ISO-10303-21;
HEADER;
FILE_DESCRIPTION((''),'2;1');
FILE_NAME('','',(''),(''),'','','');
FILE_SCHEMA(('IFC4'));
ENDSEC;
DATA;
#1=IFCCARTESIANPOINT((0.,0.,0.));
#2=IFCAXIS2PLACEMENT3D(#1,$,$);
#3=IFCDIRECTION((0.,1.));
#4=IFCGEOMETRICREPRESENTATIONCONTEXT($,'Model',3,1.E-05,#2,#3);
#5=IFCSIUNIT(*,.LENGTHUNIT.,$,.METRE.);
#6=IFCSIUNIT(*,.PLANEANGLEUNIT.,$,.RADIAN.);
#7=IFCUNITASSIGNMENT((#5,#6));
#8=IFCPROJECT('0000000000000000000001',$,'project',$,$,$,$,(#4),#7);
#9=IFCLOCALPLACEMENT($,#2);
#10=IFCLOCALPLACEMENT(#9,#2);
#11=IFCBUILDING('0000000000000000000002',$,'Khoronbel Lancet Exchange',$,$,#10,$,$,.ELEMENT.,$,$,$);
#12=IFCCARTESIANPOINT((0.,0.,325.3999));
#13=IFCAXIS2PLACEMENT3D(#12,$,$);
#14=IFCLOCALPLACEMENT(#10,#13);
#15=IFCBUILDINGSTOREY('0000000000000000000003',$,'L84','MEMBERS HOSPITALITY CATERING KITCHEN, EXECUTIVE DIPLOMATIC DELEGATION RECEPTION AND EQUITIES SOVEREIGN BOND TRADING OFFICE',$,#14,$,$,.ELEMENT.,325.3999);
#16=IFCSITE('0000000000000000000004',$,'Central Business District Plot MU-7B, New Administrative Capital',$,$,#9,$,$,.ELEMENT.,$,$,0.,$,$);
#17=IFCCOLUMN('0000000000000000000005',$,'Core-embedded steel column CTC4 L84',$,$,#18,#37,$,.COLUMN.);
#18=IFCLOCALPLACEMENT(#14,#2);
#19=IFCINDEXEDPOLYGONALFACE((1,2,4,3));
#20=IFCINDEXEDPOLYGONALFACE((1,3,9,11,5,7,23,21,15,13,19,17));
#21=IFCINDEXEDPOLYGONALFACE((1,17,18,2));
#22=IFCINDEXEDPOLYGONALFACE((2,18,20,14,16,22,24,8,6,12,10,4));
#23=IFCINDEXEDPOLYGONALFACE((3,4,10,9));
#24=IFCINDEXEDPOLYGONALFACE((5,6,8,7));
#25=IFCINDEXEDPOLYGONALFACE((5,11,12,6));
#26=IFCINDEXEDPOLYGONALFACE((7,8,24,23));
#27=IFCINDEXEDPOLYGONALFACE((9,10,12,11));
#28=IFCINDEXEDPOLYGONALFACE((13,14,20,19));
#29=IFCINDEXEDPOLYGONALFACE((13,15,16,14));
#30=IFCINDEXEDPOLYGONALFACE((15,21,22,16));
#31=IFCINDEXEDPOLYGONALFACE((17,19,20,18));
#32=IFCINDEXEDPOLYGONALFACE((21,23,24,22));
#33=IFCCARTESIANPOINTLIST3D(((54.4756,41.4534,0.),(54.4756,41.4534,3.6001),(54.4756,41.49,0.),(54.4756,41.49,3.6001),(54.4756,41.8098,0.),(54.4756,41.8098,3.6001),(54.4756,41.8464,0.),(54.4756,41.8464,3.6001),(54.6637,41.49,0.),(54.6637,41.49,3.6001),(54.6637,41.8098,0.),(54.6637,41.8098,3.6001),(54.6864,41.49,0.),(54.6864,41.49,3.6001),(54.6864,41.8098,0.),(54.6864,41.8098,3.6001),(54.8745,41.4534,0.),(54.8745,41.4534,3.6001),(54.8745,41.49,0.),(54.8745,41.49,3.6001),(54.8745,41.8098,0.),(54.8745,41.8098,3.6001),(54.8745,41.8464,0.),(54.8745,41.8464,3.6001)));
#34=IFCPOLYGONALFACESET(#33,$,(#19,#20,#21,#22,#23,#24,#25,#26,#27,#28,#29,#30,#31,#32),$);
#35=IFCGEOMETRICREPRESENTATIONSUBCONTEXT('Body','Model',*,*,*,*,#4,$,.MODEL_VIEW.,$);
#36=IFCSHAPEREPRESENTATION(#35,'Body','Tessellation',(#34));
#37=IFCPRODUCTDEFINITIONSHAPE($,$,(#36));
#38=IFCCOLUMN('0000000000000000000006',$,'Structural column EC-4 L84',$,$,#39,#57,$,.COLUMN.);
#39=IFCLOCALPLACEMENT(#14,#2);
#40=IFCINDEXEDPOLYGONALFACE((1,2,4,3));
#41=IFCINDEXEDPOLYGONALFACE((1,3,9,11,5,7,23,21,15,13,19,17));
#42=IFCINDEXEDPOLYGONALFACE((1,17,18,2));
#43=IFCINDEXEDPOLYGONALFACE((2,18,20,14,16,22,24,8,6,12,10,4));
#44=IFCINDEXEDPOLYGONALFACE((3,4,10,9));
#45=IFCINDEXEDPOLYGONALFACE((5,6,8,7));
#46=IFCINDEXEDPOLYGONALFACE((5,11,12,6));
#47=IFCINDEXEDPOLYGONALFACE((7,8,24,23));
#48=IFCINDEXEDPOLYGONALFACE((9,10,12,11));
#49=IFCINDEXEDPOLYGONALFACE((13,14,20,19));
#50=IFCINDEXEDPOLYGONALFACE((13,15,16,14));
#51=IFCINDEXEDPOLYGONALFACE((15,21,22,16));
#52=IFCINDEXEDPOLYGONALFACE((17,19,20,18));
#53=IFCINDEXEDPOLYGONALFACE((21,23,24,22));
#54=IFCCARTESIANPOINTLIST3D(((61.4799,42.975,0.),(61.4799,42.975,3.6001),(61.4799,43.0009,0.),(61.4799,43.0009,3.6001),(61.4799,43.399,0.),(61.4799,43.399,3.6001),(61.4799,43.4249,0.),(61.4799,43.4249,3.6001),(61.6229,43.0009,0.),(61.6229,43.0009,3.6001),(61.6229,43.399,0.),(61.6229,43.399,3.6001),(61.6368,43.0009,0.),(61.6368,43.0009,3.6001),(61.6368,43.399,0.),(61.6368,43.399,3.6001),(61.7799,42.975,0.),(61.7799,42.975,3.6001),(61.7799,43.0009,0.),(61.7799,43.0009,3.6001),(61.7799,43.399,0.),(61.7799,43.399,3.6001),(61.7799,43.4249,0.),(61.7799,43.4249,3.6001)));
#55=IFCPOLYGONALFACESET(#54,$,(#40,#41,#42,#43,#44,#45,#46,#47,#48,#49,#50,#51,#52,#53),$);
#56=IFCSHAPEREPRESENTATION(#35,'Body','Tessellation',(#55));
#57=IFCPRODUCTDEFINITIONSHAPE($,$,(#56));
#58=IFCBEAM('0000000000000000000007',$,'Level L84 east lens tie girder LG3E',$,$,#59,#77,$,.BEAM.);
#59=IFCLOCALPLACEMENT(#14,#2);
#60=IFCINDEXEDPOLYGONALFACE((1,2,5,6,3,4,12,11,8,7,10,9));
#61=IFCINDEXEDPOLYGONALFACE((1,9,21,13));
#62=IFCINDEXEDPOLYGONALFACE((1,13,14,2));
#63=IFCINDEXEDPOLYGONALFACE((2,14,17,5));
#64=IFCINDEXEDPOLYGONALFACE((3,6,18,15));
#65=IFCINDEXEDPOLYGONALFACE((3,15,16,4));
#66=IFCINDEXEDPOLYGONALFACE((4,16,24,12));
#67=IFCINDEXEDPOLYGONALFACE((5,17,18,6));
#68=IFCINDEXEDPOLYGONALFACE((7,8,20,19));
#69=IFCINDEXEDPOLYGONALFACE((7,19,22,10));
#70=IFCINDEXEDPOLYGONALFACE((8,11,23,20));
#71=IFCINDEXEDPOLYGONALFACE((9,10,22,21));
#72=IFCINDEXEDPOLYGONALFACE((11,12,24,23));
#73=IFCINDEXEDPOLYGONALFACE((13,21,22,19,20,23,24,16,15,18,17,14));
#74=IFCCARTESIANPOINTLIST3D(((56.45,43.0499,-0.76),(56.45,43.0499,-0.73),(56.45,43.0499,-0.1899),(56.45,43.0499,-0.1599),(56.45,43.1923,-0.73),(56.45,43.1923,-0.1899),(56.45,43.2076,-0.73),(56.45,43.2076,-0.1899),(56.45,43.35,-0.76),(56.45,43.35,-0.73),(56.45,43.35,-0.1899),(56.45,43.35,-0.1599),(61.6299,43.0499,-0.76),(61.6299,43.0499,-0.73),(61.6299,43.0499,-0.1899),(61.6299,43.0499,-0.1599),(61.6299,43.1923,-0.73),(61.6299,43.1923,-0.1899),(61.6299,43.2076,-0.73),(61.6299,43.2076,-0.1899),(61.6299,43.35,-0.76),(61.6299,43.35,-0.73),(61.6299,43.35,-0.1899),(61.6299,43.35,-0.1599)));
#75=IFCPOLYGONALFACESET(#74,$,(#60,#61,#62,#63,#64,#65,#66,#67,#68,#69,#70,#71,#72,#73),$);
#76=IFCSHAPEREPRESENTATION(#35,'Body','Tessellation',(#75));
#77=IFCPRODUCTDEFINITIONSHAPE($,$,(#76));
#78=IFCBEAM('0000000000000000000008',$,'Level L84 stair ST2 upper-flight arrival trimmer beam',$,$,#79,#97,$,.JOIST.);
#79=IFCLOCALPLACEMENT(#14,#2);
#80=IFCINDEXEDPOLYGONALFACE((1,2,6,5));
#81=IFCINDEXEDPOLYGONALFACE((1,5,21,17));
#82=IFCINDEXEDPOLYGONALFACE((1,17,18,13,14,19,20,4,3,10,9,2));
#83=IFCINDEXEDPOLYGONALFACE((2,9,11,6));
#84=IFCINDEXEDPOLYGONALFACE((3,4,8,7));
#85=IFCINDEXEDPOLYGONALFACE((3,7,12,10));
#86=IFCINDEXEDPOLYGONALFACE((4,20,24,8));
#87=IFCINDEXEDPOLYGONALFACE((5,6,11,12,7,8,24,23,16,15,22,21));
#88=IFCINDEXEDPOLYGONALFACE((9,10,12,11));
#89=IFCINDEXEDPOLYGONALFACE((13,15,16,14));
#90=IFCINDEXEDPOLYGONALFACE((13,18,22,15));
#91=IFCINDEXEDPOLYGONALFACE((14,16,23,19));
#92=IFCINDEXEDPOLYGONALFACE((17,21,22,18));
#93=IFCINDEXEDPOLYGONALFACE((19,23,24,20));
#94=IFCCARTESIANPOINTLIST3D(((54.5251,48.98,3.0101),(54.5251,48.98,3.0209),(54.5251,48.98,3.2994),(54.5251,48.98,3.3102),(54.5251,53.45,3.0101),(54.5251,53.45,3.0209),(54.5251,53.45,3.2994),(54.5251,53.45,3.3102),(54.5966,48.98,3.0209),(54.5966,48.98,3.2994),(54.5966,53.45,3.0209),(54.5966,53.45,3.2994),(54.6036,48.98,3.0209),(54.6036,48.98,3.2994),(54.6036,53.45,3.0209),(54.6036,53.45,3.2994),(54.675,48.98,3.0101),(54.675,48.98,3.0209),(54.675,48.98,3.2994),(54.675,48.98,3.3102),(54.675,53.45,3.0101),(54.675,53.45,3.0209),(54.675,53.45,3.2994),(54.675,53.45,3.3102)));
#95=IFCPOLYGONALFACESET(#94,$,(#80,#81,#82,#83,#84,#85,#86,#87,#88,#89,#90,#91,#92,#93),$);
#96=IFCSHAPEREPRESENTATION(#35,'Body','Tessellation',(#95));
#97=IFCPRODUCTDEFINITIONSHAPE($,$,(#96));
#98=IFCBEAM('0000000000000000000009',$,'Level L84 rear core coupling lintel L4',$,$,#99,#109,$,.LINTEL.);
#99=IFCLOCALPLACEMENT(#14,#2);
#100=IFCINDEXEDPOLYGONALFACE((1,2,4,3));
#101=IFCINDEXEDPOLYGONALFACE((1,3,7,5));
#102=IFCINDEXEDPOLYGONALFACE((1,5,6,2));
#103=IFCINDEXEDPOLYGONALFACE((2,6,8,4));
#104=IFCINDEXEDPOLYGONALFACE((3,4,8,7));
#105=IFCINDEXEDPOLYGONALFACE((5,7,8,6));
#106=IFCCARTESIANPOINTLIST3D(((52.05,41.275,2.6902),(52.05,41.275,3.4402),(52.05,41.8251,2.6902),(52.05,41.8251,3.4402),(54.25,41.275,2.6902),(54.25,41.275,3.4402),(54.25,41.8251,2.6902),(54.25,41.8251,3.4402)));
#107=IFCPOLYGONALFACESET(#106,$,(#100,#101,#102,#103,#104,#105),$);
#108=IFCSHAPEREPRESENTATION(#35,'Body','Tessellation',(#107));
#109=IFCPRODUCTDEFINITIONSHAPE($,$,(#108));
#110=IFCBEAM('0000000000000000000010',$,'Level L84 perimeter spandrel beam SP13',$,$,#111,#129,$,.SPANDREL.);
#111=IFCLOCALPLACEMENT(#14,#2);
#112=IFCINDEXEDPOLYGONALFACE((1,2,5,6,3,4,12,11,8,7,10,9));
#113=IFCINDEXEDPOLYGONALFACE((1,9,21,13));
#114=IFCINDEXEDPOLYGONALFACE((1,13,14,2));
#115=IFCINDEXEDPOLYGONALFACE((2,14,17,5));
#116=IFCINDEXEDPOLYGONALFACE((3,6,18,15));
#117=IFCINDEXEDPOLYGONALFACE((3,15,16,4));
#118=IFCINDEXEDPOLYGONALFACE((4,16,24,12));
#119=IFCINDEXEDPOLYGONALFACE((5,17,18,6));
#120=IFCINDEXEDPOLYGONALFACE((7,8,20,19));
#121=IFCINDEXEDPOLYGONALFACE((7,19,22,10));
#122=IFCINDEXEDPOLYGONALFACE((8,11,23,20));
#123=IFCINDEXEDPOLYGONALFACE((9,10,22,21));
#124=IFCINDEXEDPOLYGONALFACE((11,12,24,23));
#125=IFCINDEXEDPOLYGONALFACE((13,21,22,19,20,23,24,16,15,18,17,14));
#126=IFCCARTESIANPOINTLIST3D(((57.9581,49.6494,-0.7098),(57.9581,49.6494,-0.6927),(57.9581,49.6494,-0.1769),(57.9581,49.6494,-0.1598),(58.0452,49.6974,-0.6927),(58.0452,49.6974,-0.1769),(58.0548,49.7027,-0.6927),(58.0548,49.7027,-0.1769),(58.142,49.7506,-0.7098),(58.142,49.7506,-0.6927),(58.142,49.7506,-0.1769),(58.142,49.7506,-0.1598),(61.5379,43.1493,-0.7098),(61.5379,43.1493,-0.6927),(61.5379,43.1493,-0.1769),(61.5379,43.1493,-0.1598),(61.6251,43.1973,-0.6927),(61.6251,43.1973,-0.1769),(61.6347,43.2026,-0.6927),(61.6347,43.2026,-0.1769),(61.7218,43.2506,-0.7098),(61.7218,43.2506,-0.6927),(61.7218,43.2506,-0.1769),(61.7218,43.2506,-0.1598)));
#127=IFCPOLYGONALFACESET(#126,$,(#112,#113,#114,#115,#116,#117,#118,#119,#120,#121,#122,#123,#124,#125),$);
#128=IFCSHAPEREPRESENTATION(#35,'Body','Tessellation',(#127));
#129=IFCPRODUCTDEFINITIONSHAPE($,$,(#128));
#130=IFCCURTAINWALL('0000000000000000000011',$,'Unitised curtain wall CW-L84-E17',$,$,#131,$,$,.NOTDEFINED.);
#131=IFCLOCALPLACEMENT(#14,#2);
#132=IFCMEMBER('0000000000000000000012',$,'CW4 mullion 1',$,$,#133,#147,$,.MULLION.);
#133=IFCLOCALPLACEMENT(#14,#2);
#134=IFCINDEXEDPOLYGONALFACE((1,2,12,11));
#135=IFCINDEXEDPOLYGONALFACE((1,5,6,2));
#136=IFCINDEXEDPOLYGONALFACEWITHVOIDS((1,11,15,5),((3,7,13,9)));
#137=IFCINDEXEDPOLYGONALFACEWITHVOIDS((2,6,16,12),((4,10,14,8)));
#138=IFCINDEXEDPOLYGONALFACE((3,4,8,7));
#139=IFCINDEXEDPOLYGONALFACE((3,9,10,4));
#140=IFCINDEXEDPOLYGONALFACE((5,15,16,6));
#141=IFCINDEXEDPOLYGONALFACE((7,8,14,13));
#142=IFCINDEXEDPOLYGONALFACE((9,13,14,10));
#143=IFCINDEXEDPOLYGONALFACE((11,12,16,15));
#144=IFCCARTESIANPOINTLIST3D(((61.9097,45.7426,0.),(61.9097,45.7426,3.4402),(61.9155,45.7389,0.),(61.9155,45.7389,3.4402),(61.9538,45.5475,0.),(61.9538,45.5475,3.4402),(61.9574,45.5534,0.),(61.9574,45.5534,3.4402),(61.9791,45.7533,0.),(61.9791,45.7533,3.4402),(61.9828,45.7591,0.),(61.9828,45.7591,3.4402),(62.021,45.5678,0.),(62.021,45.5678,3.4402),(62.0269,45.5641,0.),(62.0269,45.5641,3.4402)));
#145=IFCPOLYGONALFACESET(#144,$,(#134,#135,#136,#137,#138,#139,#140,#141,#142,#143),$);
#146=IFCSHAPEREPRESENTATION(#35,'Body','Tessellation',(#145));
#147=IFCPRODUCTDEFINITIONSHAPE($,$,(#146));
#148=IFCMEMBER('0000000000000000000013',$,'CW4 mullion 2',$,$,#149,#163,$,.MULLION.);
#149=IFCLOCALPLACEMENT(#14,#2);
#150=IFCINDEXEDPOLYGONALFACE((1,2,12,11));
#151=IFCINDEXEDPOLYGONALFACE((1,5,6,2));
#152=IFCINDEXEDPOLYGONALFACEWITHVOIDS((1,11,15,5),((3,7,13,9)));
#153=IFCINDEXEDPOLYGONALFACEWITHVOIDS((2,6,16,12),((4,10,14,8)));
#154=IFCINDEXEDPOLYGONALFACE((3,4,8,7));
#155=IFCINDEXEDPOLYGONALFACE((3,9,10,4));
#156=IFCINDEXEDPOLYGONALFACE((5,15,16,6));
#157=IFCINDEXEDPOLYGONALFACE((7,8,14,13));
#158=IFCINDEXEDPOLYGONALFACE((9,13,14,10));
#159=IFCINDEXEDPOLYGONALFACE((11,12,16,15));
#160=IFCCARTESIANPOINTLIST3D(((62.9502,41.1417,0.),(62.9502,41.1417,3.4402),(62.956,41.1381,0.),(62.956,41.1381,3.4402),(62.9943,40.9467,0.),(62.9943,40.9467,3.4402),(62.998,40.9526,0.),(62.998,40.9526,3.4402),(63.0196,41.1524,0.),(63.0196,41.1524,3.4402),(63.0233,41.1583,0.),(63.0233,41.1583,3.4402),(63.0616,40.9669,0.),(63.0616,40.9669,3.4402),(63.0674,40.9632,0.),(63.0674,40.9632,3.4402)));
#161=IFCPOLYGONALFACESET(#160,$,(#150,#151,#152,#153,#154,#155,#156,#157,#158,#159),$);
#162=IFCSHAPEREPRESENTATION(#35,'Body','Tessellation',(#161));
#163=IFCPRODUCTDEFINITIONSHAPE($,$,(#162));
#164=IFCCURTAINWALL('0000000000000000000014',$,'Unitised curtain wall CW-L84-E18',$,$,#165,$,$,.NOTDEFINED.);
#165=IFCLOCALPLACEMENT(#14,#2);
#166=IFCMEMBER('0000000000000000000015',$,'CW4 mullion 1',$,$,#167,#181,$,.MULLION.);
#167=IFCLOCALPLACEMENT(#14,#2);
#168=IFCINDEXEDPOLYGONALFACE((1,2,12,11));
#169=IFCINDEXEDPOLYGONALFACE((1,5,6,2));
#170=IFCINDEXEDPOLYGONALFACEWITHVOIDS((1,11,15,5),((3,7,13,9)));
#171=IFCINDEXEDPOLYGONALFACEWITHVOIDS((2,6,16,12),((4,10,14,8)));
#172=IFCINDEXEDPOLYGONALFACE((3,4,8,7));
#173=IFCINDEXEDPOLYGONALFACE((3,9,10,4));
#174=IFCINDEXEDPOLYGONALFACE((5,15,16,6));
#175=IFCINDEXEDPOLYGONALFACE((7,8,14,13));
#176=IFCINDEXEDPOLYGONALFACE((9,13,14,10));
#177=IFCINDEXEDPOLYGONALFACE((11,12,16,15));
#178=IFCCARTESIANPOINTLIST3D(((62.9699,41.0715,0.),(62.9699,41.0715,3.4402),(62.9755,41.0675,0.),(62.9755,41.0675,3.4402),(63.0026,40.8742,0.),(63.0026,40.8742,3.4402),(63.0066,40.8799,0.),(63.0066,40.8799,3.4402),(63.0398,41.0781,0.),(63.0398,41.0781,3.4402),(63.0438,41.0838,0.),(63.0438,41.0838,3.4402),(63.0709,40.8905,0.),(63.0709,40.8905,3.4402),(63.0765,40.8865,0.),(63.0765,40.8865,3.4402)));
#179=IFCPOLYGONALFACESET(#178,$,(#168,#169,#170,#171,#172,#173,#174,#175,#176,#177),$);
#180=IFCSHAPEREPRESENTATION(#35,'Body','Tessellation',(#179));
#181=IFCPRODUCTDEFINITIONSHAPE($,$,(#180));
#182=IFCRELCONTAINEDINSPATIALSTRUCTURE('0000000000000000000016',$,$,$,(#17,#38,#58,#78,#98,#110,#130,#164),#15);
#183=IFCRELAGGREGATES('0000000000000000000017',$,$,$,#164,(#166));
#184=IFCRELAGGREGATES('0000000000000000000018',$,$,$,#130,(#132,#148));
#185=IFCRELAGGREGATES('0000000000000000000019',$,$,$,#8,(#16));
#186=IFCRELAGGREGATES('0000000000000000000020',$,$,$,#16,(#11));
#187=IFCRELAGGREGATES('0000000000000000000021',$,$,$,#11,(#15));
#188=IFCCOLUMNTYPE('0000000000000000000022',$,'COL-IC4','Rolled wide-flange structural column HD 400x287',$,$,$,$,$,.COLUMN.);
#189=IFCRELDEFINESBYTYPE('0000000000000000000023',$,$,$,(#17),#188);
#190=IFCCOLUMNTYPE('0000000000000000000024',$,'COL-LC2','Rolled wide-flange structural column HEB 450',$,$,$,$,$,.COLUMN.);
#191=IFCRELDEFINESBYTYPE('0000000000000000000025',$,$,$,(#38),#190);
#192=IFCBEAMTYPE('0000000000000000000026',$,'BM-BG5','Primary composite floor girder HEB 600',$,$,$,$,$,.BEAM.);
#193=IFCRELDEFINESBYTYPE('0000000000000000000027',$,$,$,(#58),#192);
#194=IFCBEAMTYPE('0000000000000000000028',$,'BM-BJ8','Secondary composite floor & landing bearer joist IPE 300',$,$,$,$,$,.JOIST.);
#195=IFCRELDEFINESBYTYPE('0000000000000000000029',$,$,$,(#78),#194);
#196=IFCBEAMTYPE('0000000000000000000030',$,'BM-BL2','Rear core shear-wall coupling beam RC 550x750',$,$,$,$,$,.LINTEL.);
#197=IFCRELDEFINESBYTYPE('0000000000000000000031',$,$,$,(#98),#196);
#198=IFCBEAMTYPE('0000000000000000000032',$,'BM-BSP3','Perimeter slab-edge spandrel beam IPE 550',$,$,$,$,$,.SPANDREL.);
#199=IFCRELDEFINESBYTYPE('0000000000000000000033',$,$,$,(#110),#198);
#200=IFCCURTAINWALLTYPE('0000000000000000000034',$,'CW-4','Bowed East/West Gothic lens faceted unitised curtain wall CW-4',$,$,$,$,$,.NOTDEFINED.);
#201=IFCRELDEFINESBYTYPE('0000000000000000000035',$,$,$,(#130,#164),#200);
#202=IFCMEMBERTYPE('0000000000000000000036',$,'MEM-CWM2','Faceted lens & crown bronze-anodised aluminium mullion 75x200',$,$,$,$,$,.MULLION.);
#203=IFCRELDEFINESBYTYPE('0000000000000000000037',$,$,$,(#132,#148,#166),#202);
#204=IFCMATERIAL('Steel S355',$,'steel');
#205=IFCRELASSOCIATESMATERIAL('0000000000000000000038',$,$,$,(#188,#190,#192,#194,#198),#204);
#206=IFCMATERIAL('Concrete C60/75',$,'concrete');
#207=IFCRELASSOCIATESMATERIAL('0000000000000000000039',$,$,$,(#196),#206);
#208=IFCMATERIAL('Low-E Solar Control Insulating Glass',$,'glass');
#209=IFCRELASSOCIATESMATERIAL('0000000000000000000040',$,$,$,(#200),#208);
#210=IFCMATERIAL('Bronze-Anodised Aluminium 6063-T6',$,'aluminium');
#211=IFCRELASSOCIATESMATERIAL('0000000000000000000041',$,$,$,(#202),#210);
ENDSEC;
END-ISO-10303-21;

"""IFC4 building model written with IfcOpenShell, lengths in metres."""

from ifc_helpers import new_model, si_unit, direction, frame, origin, origin_2d, place, context, subcontext, project, spatial, rectangle, hollow_rectangle, i_section, extrude, material, material_profile, profile_set, type_object, element, aggregate, save


model = new_model("IFC4")

# Units and contexts
model_context = context("Model", 3, precision=1e-05, world=origin(), true_north=direction((0.0, 1.0)))
body_context = subcontext(model_context, "Body", "Model", "MODEL_VIEW")
ifc_project = project(units=[si_unit("LENGTHUNIT", "METRE"), si_unit("PLANEANGLEUNIT", "RADIAN")], contexts=[model_context])

# Site, building, storey
site_placement = place(None, origin())
site = spatial("IfcSite", under=ifc_project, at=site_placement, Name="Central Business District Plot MU-7B, New Administrative Capital", CompositionType="ELEMENT", RefElevation=0.0)
building_placement = place(site_placement, origin())
building = spatial("IfcBuilding", under=site, at=building_placement, Name="Khoronbel Lancet Exchange", CompositionType="ELEMENT")
storey_placement = place(building_placement, frame((0.0, 0.0, 325.3999)))
storey = spatial("IfcBuildingStorey", under=building, at=storey_placement, Name="L84", Description="MEMBERS HOSPITALITY CATERING KITCHEN, EXECUTIVE DIPLOMATIC DELEGATION RECEPTION AND EQUITIES SOVEREIGN BOND TRADING OFFICE", CompositionType="ELEMENT", Elevation=325.3999)

# Columns
ifc_material_1 = material(Name="Steel S355", Category="steel")
ifc_material_profile_1 = material_profile(ifc_material_1, i_section(OverallWidth=0.3989, OverallDepth=0.3931, WebThickness=0.0227, FlangeThickness=0.0366, at=origin_2d()), Name="HD 400x287")
ifc_profile_set_1 = profile_set([ifc_material_profile_1], Name="Steel S355")
column_type_1 = type_object("IfcColumnType", Name="COL-IC4", Description="Rolled wide-flange structural column HD 400x287", PredefinedType="COLUMN", material=ifc_profile_set_1)
column_1_placement = place(storey_placement, frame((54.675, 41.6499, 0.0), z_axis=(0.0, 0.0, 1.0), x_axis=(1.0, 0.0, 0.0)))
element("IfcColumn", 1, at=column_1_placement, inside=storey, type_object=column_type_1, Name="Core-embedded steel column CTC4 L84", PredefinedType="COLUMN", context=body_context, shape_type="SweptSolid", body=[
    extrude(i_section(OverallWidth=0.3989, OverallDepth=0.3931, WebThickness=0.0227, FlangeThickness=0.0366, at=origin_2d()), origin(), (0.0, 0.0, 1.0), 3.6001),
])
ifc_material_profile_2 = material_profile(ifc_material_1, i_section(OverallWidth=0.3, OverallDepth=0.45, WebThickness=0.0139, FlangeThickness=0.0259, at=origin_2d()), Name="HEB 450")
ifc_profile_set_2 = profile_set([ifc_material_profile_2], Name="Steel S355")
column_type_2 = type_object("IfcColumnType", Name="COL-LC2", Description="Rolled wide-flange structural column HEB 450", PredefinedType="COLUMN", material=ifc_profile_set_2)
column_2_placement = place(storey_placement, frame((61.6299, 43.2, 0.0), z_axis=(0.0, 0.0, 1.0), x_axis=(1.0, 0.0, 0.0)))
element("IfcColumn", 2, at=column_2_placement, inside=storey, type_object=column_type_2, Name="Structural column EC-4 L84", PredefinedType="COLUMN", context=body_context, shape_type="SweptSolid", body=[
    extrude(i_section(OverallWidth=0.3, OverallDepth=0.45, WebThickness=0.0139, FlangeThickness=0.0259, at=origin_2d()), origin(), (0.0, 0.0, 1.0), 3.6001),
])

# Beams
ifc_material_profile_3 = material_profile(ifc_material_1, i_section(OverallWidth=0.3, OverallDepth=0.6001, WebThickness=0.0154, FlangeThickness=0.03, at=origin_2d()), Name="HEB 600")
ifc_profile_set_3 = profile_set([ifc_material_profile_3], Name="Steel S355")
beam_type_1 = type_object("IfcBeamType", Name="BM-BG5", Description="Primary composite floor girder HEB 600", PredefinedType="BEAM", material=ifc_profile_set_3)
beam_1_placement = place(storey_placement, frame((56.45, 43.2, -0.46), z_axis=(1.0, 0.0, 0.0), x_axis=(0.0, 1.0, 0.0)))
element("IfcBeam", 3, at=beam_1_placement, inside=storey, type_object=beam_type_1, Name="Level L84 east lens tie girder LG3E", PredefinedType="BEAM", context=body_context, shape_type="SweptSolid", body=[
    extrude(i_section(OverallWidth=0.3, OverallDepth=0.6001, WebThickness=0.0154, FlangeThickness=0.03, at=origin_2d()), origin(), (0.0, 0.0, 1.0), 5.1799),
])
ifc_material_profile_4 = material_profile(ifc_material_1, i_section(OverallWidth=0.1499, OverallDepth=0.3, WebThickness=0.0071, FlangeThickness=0.0107, at=origin_2d()), Name="IPE 300")
ifc_profile_set_4 = profile_set([ifc_material_profile_4], Name="Steel S355")
beam_type_2 = type_object("IfcBeamType", Name="BM-BJ8", Description="Secondary composite floor & landing bearer joist IPE 300", PredefinedType="JOIST", material=ifc_profile_set_4)
beam_2_placement = place(storey_placement, frame((54.6001, 48.98, 3.1602), z_axis=(0.0, 1.0, 0.0), x_axis=(-1.0, 0.0, 0.0)))
element("IfcBeam", 4, at=beam_2_placement, inside=storey, type_object=beam_type_2, Name="Level L84 stair ST2 upper-flight arrival trimmer beam", PredefinedType="JOIST", context=body_context, shape_type="SweptSolid", body=[
    extrude(i_section(OverallWidth=0.1499, OverallDepth=0.3, WebThickness=0.0071, FlangeThickness=0.0107, at=origin_2d()), origin(), (0.0, 0.0, 1.0), 4.47),
])
ifc_material_2 = material(Name="Concrete C60/75", Category="concrete")
ifc_material_profile_5 = material_profile(ifc_material_2, rectangle(XDim=0.55, YDim=0.75, at=origin_2d()), Name="RC 550x750")
ifc_profile_set_5 = profile_set([ifc_material_profile_5], Name="Concrete C60/75")
beam_type_3 = type_object("IfcBeamType", Name="BM-BL2", Description="Rear core shear-wall coupling beam RC 550x750", PredefinedType="LINTEL", material=ifc_profile_set_5)
beam_3_placement = place(storey_placement, frame((52.05, 41.55, 3.0652), z_axis=(1.0, 0.0, 0.0), x_axis=(0.0, 1.0, 0.0)))
element("IfcBeam", 5, at=beam_3_placement, inside=storey, type_object=beam_type_3, Name="Level L84 rear core coupling lintel L4", PredefinedType="LINTEL", context=body_context, shape_type="SweptSolid", body=[
    extrude(rectangle(XDim=0.55, YDim=0.75, at=origin_2d()), origin(), (0.0, 0.0, 1.0), 2.2),
])
ifc_material_profile_6 = material_profile(ifc_material_1, i_section(OverallWidth=0.21, OverallDepth=0.55, WebThickness=0.011, FlangeThickness=0.0171, at=origin_2d()), Name="IPE 550")
ifc_profile_set_6 = profile_set([ifc_material_profile_6], Name="Steel S355")
beam_type_4 = type_object("IfcBeamType", Name="BM-BSP3", Description="Perimeter slab-edge spandrel beam IPE 550", PredefinedType="SPANDREL", material=ifc_profile_set_6)
beam_4_placement = place(storey_placement, frame((61.6299, 43.2, -0.4348), z_axis=(-0.482419, 0.875941, 0.0), x_axis=(-0.875941, -0.482419, 0.0)))
element("IfcBeam", 6, at=beam_4_placement, inside=storey, type_object=beam_type_4, Name="Level L84 perimeter spandrel beam SP13", PredefinedType="SPANDREL", context=body_context, shape_type="SweptSolid", body=[
    extrude(i_section(OverallWidth=0.21, OverallDepth=0.55, WebThickness=0.011, FlangeThickness=0.0171, at=origin_2d()), origin(), (0.0, 0.0, 1.0), 7.4207),
])

# Curtain walls, members
ifc_material_3 = material(Name="Low-E Solar Control Insulating Glass", Category="glass")
curtain_wall_type = type_object("IfcCurtainWallType", Name="CW-4", Description="Bowed East/West Gothic lens faceted unitised curtain wall CW-4", PredefinedType="NOTDEFINED", material=ifc_material_3)
curtain_wall_1_placement = place(storey_placement, origin())
curtain_wall_1 = element("IfcCurtainWall", 7, at=curtain_wall_1_placement, inside=storey, type_object=curtain_wall_type, Name="Unitised curtain wall CW-L84-E17", PredefinedType="NOTDEFINED")
ifc_material_4 = material(Name="Bronze-Anodised Aluminium 6063-T6", Category="aluminium")
ifc_material_profile_7 = material_profile(ifc_material_4, hollow_rectangle(XDim=0.075, YDim=0.2, WallThickness=0.0049, at=origin_2d()), Name="ALU MULLION 75x200")
ifc_profile_set_7 = profile_set([ifc_material_profile_7], Name="Bronze-Anodised Aluminium 6063-T6")
member_type_1 = type_object("IfcMemberType", Name="MEM-CWM2", Description="Faceted lens & crown bronze-anodised aluminium mullion 75x200", PredefinedType="MULLION", material=ifc_profile_set_7)
member_1_placement = place(storey_placement, frame((61.9683, 45.6533, 0.0), z_axis=(0.0, 0.0, 1.0), x_axis=(0.975369, 0.220579, 0.0)))
member_1 = element("IfcMember", 8, at=member_1_placement, type_object=member_type_1, Name="CW4 mullion 1", PredefinedType="MULLION", context=body_context, shape_type="SweptSolid", body=[
    extrude(hollow_rectangle(XDim=0.075, YDim=0.2, WallThickness=0.0049, at=origin_2d()), origin(), (0.0, 0.0, 1.0), 3.4402),
])
member_2_placement = place(storey_placement, frame((63.0088, 41.0525, 0.0), z_axis=(0.0, 0.0, 1.0), x_axis=(0.975369, 0.220579, 0.0)))
member_2 = element("IfcMember", 9, at=member_2_placement, type_object=member_type_1, Name="CW4 mullion 2", PredefinedType="MULLION", context=body_context, shape_type="SweptSolid", body=[
    extrude(hollow_rectangle(XDim=0.075, YDim=0.2, WallThickness=0.0049, at=origin_2d()), origin(), (0.0, 0.0, 1.0), 3.4402),
])
curtain_wall_2_placement = place(storey_placement, origin())
curtain_wall_2 = element("IfcCurtainWall", 10, at=curtain_wall_2_placement, inside=storey, type_object=curtain_wall_type, Name="Unitised curtain wall CW-L84-E18", PredefinedType="NOTDEFINED")
member_3_placement = place(storey_placement, frame((63.0232, 40.979, 0.0), z_axis=(0.0, 0.0, 1.0), x_axis=(0.986571, 0.163334, 0.0)))
member_3 = element("IfcMember", 11, at=member_3_placement, type_object=member_type_1, Name="CW4 mullion 1", PredefinedType="MULLION", context=body_context, shape_type="SweptSolid", body=[
    extrude(hollow_rectangle(XDim=0.075, YDim=0.2, WallThickness=0.0049, at=origin_2d()), origin(), (0.0, 0.0, 1.0), 3.4402),
])

aggregate(curtain_wall_2, [member_3])
aggregate(curtain_wall_1, [member_1, member_2])

save(model, "model.ifc")
